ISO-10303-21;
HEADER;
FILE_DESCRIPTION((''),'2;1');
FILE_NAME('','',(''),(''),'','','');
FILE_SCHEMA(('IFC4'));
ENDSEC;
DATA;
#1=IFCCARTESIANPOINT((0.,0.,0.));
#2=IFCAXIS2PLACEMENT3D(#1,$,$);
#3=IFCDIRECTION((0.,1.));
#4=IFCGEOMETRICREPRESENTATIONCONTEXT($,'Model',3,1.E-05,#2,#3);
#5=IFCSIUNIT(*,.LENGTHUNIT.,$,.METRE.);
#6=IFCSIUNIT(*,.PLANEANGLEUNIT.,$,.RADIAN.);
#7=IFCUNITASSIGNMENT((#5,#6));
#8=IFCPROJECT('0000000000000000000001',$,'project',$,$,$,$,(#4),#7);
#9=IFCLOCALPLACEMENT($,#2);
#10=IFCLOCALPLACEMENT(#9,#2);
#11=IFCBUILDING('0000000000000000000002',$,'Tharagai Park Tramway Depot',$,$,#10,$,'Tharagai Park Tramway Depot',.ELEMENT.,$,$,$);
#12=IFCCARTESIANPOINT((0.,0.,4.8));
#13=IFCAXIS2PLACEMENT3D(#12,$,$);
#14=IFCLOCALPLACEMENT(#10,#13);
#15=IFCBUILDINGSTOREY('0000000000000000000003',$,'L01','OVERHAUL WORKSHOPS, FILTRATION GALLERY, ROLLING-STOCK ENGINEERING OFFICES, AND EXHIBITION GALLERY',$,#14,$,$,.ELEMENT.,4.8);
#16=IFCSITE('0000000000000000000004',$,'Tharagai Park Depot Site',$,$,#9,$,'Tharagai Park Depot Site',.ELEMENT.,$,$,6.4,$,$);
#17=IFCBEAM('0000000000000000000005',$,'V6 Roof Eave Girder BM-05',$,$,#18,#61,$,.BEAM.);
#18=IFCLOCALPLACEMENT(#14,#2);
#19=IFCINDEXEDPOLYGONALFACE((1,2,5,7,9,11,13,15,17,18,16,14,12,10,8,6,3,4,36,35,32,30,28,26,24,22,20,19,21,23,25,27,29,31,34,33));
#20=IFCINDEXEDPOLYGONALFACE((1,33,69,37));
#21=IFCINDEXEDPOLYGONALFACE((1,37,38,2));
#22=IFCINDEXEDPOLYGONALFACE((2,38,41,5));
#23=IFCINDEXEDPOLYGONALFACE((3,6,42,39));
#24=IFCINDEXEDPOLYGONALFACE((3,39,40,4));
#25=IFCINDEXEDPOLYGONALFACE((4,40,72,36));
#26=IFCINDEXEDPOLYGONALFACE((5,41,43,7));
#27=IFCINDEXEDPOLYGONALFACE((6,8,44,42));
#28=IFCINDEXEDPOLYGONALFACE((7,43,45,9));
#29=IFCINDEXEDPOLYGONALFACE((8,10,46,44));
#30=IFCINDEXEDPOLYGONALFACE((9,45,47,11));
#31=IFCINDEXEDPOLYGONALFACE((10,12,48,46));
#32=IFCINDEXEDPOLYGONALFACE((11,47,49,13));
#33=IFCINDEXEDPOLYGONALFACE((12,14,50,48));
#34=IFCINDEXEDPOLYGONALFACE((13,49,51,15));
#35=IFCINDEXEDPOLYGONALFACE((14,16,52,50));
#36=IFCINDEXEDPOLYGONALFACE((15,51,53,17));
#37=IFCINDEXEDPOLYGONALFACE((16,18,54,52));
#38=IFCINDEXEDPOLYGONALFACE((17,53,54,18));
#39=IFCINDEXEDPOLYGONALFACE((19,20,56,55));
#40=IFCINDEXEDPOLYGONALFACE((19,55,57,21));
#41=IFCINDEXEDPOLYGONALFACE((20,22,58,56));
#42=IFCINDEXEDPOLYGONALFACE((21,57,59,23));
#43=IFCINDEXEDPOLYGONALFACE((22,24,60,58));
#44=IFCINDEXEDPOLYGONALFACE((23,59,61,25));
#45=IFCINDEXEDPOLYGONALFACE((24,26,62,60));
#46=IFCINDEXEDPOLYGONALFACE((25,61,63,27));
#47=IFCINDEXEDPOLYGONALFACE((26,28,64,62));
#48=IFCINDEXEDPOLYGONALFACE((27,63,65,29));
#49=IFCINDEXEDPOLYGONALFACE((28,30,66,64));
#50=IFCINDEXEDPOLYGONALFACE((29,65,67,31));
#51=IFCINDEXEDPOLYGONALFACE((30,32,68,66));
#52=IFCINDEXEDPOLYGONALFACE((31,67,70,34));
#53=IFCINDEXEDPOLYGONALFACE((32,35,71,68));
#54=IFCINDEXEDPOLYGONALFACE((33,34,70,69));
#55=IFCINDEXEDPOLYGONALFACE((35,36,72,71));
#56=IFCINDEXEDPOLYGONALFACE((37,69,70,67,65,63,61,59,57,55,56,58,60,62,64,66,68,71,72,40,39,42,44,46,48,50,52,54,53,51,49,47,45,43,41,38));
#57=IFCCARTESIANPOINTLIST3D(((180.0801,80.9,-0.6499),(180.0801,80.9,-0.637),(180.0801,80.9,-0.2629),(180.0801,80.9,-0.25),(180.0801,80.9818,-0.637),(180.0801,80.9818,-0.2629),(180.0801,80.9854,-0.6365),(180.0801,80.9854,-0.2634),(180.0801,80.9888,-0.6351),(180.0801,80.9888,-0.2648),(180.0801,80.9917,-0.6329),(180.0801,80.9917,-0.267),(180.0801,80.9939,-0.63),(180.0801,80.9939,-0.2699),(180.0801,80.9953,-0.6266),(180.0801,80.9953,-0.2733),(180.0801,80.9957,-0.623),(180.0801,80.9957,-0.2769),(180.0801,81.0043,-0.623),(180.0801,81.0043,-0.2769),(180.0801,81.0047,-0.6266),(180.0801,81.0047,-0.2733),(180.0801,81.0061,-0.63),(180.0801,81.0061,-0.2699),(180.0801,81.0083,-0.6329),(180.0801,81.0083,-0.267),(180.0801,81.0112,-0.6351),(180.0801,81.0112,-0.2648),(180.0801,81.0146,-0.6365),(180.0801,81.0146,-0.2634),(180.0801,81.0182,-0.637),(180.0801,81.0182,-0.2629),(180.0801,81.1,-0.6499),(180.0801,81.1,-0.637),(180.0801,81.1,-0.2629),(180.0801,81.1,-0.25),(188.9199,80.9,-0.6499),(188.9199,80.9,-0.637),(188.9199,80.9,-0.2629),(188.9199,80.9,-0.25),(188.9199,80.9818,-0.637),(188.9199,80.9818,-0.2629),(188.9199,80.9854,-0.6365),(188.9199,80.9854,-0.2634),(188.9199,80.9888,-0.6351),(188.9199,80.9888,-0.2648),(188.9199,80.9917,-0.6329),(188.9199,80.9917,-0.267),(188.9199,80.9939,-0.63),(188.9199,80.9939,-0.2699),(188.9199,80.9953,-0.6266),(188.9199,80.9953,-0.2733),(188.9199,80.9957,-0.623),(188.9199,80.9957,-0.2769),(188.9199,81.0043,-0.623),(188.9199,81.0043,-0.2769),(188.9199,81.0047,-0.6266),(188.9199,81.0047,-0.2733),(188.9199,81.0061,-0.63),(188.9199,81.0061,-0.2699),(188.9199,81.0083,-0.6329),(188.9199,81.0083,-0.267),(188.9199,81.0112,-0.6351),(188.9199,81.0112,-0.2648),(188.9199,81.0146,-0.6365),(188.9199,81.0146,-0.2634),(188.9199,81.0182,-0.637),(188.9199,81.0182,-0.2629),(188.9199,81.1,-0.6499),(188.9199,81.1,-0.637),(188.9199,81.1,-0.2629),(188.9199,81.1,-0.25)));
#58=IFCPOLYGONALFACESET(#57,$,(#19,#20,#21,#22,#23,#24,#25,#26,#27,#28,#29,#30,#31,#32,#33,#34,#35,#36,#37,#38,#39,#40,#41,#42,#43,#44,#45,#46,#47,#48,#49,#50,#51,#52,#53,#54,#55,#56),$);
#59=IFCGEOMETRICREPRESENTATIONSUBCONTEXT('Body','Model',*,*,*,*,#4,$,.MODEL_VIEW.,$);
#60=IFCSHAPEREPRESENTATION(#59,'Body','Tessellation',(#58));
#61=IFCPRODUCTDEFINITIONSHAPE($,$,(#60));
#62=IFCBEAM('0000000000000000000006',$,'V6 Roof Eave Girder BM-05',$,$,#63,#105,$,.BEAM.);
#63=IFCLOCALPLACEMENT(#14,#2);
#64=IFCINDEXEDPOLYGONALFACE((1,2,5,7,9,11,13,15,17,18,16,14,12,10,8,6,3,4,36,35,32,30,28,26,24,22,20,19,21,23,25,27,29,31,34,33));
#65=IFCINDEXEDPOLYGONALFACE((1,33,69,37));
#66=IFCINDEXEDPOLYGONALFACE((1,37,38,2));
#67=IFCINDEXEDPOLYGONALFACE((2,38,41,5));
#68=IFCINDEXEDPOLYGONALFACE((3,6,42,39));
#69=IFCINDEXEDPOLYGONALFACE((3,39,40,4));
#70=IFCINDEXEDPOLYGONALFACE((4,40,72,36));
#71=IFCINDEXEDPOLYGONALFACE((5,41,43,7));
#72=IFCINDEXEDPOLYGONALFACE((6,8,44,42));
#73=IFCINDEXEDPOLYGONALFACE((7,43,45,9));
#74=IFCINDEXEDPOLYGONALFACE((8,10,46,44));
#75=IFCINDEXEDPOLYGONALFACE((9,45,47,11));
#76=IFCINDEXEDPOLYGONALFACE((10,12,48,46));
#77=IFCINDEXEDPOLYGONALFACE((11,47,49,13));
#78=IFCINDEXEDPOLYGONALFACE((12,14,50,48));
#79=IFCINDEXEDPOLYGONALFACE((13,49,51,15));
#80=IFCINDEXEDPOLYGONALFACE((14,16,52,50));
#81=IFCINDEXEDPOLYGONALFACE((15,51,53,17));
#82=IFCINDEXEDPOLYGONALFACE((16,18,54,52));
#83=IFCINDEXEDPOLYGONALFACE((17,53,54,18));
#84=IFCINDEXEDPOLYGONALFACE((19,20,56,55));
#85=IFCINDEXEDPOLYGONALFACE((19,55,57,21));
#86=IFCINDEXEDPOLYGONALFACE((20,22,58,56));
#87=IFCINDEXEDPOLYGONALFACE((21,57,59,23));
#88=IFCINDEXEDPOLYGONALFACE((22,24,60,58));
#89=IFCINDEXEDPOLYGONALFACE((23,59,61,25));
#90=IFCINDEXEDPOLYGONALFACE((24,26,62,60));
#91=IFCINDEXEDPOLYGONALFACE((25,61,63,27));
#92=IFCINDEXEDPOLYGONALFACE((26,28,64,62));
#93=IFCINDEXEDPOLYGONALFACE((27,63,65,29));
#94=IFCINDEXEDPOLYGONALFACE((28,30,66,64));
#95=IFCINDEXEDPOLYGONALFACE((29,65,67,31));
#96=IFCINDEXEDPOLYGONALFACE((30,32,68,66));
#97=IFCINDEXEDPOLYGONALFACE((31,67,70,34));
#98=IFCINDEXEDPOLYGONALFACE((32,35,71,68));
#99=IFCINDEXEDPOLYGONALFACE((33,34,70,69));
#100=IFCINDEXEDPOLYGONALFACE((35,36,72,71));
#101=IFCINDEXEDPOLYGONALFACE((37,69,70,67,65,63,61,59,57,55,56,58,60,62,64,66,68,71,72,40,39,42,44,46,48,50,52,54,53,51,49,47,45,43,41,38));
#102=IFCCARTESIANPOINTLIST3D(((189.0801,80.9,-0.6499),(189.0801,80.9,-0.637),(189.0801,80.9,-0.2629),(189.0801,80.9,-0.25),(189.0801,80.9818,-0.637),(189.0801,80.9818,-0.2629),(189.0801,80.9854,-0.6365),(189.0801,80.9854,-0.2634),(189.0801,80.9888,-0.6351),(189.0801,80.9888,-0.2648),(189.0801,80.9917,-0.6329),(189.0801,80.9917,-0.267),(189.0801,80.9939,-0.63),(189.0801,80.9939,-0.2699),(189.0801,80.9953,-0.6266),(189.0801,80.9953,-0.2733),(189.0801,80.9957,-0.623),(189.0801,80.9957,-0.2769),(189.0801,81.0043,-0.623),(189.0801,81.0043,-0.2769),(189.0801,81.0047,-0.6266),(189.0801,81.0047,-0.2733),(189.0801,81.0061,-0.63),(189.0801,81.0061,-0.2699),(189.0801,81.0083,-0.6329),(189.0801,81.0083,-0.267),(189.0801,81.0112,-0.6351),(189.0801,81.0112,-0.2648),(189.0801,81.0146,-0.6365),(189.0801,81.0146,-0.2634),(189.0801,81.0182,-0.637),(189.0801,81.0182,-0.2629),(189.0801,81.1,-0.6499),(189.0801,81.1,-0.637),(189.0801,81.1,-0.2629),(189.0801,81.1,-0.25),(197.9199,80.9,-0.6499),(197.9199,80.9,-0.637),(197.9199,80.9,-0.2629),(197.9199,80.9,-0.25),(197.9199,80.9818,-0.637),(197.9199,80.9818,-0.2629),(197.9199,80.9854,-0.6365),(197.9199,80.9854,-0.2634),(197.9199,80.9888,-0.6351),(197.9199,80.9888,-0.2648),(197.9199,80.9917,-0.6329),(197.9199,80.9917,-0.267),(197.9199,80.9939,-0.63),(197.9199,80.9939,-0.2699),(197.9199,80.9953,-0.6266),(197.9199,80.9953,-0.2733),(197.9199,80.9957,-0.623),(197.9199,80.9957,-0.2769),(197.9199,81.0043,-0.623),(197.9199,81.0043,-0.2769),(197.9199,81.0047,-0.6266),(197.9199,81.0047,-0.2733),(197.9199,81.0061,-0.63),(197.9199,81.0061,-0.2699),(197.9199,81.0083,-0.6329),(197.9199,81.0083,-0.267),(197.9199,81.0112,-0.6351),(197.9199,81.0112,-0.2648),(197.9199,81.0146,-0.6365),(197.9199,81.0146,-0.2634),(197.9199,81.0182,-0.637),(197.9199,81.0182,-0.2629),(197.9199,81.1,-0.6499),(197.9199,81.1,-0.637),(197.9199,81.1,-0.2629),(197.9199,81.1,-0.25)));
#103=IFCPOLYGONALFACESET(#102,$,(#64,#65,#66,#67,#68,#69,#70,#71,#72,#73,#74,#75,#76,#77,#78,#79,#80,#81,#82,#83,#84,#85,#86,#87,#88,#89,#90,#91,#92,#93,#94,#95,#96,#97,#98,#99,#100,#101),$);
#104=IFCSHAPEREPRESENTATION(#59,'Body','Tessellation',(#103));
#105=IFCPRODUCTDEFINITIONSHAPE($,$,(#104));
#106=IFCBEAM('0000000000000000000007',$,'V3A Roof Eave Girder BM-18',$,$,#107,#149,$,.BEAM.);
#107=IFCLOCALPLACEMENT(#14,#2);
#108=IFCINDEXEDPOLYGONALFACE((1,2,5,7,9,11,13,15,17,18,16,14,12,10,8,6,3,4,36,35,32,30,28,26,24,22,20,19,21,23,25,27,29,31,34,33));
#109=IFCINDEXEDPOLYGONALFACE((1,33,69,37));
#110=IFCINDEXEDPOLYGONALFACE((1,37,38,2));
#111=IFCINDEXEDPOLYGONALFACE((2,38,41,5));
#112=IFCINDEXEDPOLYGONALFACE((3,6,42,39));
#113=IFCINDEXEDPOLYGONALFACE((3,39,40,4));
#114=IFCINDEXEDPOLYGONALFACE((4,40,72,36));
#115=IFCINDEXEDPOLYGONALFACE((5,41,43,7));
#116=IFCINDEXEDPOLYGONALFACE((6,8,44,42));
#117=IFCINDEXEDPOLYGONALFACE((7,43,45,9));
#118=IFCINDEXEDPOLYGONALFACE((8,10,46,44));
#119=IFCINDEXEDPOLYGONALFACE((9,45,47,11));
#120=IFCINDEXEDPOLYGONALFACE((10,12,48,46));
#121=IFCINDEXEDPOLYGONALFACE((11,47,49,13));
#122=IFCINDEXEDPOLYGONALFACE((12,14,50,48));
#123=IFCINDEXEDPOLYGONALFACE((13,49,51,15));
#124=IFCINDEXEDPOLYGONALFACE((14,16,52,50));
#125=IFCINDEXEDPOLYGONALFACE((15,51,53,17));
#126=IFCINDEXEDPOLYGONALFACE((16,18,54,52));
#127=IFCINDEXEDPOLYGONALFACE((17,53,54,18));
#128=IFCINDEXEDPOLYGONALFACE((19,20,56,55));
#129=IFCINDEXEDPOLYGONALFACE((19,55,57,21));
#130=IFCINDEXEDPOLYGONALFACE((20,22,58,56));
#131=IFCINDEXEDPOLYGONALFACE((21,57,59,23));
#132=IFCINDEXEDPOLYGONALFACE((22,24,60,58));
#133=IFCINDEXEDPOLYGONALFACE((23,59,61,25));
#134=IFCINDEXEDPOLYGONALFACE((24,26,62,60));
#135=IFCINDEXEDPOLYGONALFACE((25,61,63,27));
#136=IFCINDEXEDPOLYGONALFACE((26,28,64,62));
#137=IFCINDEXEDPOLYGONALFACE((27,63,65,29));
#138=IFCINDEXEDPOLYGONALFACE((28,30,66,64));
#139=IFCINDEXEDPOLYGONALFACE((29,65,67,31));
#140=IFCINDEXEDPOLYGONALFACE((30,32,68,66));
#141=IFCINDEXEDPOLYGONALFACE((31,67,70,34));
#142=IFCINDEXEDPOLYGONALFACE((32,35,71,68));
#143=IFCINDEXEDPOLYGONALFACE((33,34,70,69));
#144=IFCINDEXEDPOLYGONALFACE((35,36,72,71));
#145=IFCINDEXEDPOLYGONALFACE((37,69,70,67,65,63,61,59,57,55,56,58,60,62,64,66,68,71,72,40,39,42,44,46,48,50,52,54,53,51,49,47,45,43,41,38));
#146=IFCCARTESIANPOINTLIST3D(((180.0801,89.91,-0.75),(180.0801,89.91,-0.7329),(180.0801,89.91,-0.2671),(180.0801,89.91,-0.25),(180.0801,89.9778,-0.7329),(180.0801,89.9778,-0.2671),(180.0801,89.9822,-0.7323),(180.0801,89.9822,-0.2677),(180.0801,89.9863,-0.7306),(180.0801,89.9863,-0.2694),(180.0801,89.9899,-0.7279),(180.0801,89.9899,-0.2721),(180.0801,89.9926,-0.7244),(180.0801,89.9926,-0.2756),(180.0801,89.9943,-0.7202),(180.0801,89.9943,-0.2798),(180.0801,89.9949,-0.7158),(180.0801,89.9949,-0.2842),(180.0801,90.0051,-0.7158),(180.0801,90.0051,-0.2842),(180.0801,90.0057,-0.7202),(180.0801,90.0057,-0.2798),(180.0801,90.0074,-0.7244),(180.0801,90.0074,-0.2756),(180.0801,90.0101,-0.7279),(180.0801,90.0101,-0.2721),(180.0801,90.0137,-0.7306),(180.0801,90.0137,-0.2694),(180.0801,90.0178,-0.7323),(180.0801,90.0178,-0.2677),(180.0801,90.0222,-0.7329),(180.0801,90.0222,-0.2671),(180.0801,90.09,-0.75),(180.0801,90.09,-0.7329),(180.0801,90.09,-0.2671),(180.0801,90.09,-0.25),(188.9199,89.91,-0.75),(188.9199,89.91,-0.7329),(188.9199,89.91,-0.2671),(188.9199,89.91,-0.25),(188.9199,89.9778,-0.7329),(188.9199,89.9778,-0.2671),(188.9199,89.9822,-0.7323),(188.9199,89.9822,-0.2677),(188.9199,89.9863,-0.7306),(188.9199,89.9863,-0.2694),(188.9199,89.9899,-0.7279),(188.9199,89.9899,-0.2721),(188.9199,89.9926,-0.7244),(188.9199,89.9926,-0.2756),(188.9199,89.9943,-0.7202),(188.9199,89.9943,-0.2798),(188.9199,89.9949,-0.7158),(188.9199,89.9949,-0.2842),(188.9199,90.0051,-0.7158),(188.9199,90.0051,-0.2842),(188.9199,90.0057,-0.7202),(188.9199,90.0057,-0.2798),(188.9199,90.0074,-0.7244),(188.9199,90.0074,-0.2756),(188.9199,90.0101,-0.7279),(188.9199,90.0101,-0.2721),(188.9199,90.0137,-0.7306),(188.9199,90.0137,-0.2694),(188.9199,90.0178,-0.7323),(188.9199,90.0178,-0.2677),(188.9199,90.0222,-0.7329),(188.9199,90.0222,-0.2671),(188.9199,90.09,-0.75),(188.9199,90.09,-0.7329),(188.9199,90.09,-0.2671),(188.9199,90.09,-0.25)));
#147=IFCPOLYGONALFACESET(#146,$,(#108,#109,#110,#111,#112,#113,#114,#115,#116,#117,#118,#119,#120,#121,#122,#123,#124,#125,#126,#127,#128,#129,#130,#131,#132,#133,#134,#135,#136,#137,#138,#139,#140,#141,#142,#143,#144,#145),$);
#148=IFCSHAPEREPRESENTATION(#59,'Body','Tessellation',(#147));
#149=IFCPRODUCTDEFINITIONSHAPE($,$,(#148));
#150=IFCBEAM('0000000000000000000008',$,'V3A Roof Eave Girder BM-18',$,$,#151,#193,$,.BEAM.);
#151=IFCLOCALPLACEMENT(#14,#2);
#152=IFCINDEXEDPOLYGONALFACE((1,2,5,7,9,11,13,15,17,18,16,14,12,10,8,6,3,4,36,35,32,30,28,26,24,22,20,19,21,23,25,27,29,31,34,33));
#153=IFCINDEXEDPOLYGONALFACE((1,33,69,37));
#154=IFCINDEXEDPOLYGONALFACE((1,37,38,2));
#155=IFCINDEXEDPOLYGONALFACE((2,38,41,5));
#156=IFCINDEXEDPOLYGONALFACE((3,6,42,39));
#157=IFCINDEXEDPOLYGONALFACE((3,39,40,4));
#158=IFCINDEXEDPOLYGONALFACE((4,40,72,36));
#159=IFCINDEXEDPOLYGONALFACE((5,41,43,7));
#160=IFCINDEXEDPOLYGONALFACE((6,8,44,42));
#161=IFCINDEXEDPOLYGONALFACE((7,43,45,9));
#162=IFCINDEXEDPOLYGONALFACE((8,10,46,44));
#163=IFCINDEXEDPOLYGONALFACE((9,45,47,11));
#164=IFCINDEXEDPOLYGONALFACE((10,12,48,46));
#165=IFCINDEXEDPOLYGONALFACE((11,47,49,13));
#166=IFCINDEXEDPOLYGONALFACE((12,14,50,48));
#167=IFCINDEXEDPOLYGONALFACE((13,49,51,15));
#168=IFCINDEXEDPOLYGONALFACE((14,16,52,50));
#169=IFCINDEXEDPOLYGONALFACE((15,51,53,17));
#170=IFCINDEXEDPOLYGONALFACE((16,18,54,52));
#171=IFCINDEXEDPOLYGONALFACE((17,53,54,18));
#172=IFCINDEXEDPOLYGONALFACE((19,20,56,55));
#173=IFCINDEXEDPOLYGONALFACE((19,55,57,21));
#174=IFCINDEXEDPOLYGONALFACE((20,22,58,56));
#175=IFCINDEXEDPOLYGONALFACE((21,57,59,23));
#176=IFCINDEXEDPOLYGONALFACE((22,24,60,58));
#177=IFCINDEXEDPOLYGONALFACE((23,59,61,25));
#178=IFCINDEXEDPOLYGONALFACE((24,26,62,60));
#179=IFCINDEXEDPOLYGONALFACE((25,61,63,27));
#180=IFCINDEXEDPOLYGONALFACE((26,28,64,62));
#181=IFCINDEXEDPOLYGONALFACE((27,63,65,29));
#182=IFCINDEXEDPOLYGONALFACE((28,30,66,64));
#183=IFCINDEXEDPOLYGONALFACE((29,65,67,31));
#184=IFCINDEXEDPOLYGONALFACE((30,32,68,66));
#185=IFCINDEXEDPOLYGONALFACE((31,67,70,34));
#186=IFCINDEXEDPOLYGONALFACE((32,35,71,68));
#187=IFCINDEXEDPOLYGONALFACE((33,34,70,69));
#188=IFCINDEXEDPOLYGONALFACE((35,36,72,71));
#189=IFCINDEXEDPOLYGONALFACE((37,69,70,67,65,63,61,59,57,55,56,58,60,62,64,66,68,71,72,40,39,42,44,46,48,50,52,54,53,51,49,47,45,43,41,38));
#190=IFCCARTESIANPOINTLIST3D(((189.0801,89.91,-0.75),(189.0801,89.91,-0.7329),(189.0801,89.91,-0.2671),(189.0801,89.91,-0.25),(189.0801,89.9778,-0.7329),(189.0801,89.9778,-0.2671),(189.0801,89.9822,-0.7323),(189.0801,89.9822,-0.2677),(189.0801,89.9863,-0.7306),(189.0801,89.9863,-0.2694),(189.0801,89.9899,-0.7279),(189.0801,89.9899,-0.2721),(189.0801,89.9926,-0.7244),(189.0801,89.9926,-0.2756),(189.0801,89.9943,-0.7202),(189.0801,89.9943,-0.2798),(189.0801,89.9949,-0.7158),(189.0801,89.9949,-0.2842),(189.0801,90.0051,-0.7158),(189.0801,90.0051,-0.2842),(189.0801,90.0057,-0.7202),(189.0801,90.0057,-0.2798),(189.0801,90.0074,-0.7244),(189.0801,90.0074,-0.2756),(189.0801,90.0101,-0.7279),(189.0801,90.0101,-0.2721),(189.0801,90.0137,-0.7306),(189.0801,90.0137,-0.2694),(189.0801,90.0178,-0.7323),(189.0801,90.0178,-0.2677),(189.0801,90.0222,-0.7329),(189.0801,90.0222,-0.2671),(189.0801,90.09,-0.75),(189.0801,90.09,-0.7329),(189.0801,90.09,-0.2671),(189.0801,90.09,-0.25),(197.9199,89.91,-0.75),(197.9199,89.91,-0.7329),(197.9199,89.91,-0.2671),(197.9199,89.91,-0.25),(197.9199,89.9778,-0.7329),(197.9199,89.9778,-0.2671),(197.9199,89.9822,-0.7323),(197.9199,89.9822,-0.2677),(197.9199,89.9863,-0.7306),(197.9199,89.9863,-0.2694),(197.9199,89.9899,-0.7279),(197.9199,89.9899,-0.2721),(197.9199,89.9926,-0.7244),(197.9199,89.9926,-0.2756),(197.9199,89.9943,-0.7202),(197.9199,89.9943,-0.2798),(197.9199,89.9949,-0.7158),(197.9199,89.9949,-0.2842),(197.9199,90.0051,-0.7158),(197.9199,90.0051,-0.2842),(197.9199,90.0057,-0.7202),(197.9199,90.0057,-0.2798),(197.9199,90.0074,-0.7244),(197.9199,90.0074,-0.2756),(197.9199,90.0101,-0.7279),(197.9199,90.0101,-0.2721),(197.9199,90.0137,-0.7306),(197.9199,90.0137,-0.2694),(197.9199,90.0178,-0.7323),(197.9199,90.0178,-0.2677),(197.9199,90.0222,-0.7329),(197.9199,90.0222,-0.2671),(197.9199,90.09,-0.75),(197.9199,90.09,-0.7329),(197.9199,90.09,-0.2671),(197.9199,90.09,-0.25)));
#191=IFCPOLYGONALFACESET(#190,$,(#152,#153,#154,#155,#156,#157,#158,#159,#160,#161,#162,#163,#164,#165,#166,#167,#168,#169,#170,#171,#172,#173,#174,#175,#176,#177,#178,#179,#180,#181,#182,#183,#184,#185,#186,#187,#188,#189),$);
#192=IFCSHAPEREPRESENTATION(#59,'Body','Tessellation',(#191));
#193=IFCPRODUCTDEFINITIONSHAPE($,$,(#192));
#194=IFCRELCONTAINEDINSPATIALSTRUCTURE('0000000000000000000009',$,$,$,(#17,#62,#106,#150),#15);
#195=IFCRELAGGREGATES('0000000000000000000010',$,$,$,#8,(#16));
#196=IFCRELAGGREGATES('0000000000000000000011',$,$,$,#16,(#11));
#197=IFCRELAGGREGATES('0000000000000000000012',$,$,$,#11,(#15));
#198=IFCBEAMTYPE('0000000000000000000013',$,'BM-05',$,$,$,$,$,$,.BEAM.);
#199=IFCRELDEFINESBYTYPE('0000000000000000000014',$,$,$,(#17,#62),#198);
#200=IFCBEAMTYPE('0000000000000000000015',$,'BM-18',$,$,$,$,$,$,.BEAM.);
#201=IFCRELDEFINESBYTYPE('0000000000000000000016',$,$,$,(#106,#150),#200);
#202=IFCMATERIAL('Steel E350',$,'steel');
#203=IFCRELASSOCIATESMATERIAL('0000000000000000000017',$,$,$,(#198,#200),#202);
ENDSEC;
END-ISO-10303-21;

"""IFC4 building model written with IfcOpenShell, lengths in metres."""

from ifc_helpers import new_model, si_unit, direction, frame, origin, origin_2d, place, context, subcontext, project, spatial, i_section, extrude, material, material_profile, profile_set, type_object, element, save


model = new_model("IFC4")

# Units and contexts
model_context = context("Model", 3, precision=1e-05, world=origin(), true_north=direction((0.0, 1.0)))
body_context = subcontext(model_context, "Body", "Model", "MODEL_VIEW")
ifc_project = project(units=[si_unit("LENGTHUNIT", "METRE"), si_unit("PLANEANGLEUNIT", "RADIAN")], contexts=[model_context])

# Site, building, storey
site_placement = place(None, origin())
site = spatial("IfcSite", under=ifc_project, at=site_placement, Name="Tharagai Park Depot Site", LongName="Tharagai Park Depot Site", CompositionType="ELEMENT", RefElevation=6.4)
building_placement = place(site_placement, origin())
building = spatial("IfcBuilding", under=site, at=building_placement, Name="Tharagai Park Tramway Depot", LongName="Tharagai Park Tramway Depot", CompositionType="ELEMENT")
storey_placement = place(building_placement, frame((0.0, 0.0, 4.8)))
storey = spatial("IfcBuildingStorey", under=building, at=storey_placement, Name="L01", Description="OVERHAUL WORKSHOPS, FILTRATION GALLERY, ROLLING-STOCK ENGINEERING OFFICES, AND EXHIBITION GALLERY", CompositionType="ELEMENT", Elevation=4.8)

# Beams
ifc_material_1 = material(Name="Steel E350", Category="steel")
ifc_material_profile_1 = material_profile(ifc_material_1, i_section(OverallWidth=0.2, OverallDepth=0.3999, WebThickness=0.0085, FlangeThickness=0.0129, FilletRadius=0.0139, at=origin_2d()), Name="ISWB 400")
ifc_profile_set_1 = profile_set([ifc_material_profile_1], Name="Steel E350")
beam_type_1 = type_object("IfcBeamType", Name="BM-05", PredefinedType="BEAM", material=ifc_profile_set_1)
for number, where, z_axis, x_axis, name in (
    (1, (180.0801, 81.0, -0.45), (1.0, 0.0, 0.0), (0.0, 1.0, 0.0), "V6 Roof Eave Girder BM-05"),
    (2, (189.0801, 81.0, -0.45), (1.0, 0.0, 0.0), (0.0, 1.0, 0.0), "V6 Roof Eave Girder BM-05"),
):
    element("IfcBeam", number, at=place(storey_placement, frame(where, z_axis=z_axis, x_axis=x_axis)), inside=storey, type_object=beam_type_1, Name=name, PredefinedType="BEAM", context=body_context, shape_type="SweptSolid", body=[
        extrude(i_section(OverallWidth=0.2, OverallDepth=0.3999, WebThickness=0.0085, FlangeThickness=0.0129, FilletRadius=0.0139, at=origin_2d()), origin(), (0.0, 0.0, 1.0), 8.8398),
    ])
ifc_material_profile_2 = material_profile(ifc_material_1, i_section(OverallWidth=0.1799, OverallDepth=0.5, WebThickness=0.0103, FlangeThickness=0.0171, FilletRadius=0.0171, at=origin_2d()), Name="ISMB 500")
ifc_profile_set_2 = profile_set([ifc_material_profile_2], Name="Steel E350")
beam_type_2 = type_object("IfcBeamType", Name="BM-18", PredefinedType="BEAM", material=ifc_profile_set_2)
for number, where, z_axis, x_axis, name in (
    (3, (180.0801, 90.0, -0.5), (1.0, 0.0, 0.0), (0.0, 1.0, 0.0), "V3A Roof Eave Girder BM-18"),
    (4, (189.0801, 90.0, -0.5), (1.0, 0.0, 0.0), (0.0, 1.0, 0.0), "V3A Roof Eave Girder BM-18"),
):
    element("IfcBeam", number, at=place(storey_placement, frame(where, z_axis=z_axis, x_axis=x_axis)), inside=storey, type_object=beam_type_2, Name=name, PredefinedType="BEAM", context=body_context, shape_type="SweptSolid", body=[
        extrude(i_section(OverallWidth=0.1799, OverallDepth=0.5, WebThickness=0.0103, FlangeThickness=0.0171, FilletRadius=0.0171, at=origin_2d()), origin(), (0.0, 0.0, 1.0), 8.8398),
    ])

save(model, "model.ifc")
